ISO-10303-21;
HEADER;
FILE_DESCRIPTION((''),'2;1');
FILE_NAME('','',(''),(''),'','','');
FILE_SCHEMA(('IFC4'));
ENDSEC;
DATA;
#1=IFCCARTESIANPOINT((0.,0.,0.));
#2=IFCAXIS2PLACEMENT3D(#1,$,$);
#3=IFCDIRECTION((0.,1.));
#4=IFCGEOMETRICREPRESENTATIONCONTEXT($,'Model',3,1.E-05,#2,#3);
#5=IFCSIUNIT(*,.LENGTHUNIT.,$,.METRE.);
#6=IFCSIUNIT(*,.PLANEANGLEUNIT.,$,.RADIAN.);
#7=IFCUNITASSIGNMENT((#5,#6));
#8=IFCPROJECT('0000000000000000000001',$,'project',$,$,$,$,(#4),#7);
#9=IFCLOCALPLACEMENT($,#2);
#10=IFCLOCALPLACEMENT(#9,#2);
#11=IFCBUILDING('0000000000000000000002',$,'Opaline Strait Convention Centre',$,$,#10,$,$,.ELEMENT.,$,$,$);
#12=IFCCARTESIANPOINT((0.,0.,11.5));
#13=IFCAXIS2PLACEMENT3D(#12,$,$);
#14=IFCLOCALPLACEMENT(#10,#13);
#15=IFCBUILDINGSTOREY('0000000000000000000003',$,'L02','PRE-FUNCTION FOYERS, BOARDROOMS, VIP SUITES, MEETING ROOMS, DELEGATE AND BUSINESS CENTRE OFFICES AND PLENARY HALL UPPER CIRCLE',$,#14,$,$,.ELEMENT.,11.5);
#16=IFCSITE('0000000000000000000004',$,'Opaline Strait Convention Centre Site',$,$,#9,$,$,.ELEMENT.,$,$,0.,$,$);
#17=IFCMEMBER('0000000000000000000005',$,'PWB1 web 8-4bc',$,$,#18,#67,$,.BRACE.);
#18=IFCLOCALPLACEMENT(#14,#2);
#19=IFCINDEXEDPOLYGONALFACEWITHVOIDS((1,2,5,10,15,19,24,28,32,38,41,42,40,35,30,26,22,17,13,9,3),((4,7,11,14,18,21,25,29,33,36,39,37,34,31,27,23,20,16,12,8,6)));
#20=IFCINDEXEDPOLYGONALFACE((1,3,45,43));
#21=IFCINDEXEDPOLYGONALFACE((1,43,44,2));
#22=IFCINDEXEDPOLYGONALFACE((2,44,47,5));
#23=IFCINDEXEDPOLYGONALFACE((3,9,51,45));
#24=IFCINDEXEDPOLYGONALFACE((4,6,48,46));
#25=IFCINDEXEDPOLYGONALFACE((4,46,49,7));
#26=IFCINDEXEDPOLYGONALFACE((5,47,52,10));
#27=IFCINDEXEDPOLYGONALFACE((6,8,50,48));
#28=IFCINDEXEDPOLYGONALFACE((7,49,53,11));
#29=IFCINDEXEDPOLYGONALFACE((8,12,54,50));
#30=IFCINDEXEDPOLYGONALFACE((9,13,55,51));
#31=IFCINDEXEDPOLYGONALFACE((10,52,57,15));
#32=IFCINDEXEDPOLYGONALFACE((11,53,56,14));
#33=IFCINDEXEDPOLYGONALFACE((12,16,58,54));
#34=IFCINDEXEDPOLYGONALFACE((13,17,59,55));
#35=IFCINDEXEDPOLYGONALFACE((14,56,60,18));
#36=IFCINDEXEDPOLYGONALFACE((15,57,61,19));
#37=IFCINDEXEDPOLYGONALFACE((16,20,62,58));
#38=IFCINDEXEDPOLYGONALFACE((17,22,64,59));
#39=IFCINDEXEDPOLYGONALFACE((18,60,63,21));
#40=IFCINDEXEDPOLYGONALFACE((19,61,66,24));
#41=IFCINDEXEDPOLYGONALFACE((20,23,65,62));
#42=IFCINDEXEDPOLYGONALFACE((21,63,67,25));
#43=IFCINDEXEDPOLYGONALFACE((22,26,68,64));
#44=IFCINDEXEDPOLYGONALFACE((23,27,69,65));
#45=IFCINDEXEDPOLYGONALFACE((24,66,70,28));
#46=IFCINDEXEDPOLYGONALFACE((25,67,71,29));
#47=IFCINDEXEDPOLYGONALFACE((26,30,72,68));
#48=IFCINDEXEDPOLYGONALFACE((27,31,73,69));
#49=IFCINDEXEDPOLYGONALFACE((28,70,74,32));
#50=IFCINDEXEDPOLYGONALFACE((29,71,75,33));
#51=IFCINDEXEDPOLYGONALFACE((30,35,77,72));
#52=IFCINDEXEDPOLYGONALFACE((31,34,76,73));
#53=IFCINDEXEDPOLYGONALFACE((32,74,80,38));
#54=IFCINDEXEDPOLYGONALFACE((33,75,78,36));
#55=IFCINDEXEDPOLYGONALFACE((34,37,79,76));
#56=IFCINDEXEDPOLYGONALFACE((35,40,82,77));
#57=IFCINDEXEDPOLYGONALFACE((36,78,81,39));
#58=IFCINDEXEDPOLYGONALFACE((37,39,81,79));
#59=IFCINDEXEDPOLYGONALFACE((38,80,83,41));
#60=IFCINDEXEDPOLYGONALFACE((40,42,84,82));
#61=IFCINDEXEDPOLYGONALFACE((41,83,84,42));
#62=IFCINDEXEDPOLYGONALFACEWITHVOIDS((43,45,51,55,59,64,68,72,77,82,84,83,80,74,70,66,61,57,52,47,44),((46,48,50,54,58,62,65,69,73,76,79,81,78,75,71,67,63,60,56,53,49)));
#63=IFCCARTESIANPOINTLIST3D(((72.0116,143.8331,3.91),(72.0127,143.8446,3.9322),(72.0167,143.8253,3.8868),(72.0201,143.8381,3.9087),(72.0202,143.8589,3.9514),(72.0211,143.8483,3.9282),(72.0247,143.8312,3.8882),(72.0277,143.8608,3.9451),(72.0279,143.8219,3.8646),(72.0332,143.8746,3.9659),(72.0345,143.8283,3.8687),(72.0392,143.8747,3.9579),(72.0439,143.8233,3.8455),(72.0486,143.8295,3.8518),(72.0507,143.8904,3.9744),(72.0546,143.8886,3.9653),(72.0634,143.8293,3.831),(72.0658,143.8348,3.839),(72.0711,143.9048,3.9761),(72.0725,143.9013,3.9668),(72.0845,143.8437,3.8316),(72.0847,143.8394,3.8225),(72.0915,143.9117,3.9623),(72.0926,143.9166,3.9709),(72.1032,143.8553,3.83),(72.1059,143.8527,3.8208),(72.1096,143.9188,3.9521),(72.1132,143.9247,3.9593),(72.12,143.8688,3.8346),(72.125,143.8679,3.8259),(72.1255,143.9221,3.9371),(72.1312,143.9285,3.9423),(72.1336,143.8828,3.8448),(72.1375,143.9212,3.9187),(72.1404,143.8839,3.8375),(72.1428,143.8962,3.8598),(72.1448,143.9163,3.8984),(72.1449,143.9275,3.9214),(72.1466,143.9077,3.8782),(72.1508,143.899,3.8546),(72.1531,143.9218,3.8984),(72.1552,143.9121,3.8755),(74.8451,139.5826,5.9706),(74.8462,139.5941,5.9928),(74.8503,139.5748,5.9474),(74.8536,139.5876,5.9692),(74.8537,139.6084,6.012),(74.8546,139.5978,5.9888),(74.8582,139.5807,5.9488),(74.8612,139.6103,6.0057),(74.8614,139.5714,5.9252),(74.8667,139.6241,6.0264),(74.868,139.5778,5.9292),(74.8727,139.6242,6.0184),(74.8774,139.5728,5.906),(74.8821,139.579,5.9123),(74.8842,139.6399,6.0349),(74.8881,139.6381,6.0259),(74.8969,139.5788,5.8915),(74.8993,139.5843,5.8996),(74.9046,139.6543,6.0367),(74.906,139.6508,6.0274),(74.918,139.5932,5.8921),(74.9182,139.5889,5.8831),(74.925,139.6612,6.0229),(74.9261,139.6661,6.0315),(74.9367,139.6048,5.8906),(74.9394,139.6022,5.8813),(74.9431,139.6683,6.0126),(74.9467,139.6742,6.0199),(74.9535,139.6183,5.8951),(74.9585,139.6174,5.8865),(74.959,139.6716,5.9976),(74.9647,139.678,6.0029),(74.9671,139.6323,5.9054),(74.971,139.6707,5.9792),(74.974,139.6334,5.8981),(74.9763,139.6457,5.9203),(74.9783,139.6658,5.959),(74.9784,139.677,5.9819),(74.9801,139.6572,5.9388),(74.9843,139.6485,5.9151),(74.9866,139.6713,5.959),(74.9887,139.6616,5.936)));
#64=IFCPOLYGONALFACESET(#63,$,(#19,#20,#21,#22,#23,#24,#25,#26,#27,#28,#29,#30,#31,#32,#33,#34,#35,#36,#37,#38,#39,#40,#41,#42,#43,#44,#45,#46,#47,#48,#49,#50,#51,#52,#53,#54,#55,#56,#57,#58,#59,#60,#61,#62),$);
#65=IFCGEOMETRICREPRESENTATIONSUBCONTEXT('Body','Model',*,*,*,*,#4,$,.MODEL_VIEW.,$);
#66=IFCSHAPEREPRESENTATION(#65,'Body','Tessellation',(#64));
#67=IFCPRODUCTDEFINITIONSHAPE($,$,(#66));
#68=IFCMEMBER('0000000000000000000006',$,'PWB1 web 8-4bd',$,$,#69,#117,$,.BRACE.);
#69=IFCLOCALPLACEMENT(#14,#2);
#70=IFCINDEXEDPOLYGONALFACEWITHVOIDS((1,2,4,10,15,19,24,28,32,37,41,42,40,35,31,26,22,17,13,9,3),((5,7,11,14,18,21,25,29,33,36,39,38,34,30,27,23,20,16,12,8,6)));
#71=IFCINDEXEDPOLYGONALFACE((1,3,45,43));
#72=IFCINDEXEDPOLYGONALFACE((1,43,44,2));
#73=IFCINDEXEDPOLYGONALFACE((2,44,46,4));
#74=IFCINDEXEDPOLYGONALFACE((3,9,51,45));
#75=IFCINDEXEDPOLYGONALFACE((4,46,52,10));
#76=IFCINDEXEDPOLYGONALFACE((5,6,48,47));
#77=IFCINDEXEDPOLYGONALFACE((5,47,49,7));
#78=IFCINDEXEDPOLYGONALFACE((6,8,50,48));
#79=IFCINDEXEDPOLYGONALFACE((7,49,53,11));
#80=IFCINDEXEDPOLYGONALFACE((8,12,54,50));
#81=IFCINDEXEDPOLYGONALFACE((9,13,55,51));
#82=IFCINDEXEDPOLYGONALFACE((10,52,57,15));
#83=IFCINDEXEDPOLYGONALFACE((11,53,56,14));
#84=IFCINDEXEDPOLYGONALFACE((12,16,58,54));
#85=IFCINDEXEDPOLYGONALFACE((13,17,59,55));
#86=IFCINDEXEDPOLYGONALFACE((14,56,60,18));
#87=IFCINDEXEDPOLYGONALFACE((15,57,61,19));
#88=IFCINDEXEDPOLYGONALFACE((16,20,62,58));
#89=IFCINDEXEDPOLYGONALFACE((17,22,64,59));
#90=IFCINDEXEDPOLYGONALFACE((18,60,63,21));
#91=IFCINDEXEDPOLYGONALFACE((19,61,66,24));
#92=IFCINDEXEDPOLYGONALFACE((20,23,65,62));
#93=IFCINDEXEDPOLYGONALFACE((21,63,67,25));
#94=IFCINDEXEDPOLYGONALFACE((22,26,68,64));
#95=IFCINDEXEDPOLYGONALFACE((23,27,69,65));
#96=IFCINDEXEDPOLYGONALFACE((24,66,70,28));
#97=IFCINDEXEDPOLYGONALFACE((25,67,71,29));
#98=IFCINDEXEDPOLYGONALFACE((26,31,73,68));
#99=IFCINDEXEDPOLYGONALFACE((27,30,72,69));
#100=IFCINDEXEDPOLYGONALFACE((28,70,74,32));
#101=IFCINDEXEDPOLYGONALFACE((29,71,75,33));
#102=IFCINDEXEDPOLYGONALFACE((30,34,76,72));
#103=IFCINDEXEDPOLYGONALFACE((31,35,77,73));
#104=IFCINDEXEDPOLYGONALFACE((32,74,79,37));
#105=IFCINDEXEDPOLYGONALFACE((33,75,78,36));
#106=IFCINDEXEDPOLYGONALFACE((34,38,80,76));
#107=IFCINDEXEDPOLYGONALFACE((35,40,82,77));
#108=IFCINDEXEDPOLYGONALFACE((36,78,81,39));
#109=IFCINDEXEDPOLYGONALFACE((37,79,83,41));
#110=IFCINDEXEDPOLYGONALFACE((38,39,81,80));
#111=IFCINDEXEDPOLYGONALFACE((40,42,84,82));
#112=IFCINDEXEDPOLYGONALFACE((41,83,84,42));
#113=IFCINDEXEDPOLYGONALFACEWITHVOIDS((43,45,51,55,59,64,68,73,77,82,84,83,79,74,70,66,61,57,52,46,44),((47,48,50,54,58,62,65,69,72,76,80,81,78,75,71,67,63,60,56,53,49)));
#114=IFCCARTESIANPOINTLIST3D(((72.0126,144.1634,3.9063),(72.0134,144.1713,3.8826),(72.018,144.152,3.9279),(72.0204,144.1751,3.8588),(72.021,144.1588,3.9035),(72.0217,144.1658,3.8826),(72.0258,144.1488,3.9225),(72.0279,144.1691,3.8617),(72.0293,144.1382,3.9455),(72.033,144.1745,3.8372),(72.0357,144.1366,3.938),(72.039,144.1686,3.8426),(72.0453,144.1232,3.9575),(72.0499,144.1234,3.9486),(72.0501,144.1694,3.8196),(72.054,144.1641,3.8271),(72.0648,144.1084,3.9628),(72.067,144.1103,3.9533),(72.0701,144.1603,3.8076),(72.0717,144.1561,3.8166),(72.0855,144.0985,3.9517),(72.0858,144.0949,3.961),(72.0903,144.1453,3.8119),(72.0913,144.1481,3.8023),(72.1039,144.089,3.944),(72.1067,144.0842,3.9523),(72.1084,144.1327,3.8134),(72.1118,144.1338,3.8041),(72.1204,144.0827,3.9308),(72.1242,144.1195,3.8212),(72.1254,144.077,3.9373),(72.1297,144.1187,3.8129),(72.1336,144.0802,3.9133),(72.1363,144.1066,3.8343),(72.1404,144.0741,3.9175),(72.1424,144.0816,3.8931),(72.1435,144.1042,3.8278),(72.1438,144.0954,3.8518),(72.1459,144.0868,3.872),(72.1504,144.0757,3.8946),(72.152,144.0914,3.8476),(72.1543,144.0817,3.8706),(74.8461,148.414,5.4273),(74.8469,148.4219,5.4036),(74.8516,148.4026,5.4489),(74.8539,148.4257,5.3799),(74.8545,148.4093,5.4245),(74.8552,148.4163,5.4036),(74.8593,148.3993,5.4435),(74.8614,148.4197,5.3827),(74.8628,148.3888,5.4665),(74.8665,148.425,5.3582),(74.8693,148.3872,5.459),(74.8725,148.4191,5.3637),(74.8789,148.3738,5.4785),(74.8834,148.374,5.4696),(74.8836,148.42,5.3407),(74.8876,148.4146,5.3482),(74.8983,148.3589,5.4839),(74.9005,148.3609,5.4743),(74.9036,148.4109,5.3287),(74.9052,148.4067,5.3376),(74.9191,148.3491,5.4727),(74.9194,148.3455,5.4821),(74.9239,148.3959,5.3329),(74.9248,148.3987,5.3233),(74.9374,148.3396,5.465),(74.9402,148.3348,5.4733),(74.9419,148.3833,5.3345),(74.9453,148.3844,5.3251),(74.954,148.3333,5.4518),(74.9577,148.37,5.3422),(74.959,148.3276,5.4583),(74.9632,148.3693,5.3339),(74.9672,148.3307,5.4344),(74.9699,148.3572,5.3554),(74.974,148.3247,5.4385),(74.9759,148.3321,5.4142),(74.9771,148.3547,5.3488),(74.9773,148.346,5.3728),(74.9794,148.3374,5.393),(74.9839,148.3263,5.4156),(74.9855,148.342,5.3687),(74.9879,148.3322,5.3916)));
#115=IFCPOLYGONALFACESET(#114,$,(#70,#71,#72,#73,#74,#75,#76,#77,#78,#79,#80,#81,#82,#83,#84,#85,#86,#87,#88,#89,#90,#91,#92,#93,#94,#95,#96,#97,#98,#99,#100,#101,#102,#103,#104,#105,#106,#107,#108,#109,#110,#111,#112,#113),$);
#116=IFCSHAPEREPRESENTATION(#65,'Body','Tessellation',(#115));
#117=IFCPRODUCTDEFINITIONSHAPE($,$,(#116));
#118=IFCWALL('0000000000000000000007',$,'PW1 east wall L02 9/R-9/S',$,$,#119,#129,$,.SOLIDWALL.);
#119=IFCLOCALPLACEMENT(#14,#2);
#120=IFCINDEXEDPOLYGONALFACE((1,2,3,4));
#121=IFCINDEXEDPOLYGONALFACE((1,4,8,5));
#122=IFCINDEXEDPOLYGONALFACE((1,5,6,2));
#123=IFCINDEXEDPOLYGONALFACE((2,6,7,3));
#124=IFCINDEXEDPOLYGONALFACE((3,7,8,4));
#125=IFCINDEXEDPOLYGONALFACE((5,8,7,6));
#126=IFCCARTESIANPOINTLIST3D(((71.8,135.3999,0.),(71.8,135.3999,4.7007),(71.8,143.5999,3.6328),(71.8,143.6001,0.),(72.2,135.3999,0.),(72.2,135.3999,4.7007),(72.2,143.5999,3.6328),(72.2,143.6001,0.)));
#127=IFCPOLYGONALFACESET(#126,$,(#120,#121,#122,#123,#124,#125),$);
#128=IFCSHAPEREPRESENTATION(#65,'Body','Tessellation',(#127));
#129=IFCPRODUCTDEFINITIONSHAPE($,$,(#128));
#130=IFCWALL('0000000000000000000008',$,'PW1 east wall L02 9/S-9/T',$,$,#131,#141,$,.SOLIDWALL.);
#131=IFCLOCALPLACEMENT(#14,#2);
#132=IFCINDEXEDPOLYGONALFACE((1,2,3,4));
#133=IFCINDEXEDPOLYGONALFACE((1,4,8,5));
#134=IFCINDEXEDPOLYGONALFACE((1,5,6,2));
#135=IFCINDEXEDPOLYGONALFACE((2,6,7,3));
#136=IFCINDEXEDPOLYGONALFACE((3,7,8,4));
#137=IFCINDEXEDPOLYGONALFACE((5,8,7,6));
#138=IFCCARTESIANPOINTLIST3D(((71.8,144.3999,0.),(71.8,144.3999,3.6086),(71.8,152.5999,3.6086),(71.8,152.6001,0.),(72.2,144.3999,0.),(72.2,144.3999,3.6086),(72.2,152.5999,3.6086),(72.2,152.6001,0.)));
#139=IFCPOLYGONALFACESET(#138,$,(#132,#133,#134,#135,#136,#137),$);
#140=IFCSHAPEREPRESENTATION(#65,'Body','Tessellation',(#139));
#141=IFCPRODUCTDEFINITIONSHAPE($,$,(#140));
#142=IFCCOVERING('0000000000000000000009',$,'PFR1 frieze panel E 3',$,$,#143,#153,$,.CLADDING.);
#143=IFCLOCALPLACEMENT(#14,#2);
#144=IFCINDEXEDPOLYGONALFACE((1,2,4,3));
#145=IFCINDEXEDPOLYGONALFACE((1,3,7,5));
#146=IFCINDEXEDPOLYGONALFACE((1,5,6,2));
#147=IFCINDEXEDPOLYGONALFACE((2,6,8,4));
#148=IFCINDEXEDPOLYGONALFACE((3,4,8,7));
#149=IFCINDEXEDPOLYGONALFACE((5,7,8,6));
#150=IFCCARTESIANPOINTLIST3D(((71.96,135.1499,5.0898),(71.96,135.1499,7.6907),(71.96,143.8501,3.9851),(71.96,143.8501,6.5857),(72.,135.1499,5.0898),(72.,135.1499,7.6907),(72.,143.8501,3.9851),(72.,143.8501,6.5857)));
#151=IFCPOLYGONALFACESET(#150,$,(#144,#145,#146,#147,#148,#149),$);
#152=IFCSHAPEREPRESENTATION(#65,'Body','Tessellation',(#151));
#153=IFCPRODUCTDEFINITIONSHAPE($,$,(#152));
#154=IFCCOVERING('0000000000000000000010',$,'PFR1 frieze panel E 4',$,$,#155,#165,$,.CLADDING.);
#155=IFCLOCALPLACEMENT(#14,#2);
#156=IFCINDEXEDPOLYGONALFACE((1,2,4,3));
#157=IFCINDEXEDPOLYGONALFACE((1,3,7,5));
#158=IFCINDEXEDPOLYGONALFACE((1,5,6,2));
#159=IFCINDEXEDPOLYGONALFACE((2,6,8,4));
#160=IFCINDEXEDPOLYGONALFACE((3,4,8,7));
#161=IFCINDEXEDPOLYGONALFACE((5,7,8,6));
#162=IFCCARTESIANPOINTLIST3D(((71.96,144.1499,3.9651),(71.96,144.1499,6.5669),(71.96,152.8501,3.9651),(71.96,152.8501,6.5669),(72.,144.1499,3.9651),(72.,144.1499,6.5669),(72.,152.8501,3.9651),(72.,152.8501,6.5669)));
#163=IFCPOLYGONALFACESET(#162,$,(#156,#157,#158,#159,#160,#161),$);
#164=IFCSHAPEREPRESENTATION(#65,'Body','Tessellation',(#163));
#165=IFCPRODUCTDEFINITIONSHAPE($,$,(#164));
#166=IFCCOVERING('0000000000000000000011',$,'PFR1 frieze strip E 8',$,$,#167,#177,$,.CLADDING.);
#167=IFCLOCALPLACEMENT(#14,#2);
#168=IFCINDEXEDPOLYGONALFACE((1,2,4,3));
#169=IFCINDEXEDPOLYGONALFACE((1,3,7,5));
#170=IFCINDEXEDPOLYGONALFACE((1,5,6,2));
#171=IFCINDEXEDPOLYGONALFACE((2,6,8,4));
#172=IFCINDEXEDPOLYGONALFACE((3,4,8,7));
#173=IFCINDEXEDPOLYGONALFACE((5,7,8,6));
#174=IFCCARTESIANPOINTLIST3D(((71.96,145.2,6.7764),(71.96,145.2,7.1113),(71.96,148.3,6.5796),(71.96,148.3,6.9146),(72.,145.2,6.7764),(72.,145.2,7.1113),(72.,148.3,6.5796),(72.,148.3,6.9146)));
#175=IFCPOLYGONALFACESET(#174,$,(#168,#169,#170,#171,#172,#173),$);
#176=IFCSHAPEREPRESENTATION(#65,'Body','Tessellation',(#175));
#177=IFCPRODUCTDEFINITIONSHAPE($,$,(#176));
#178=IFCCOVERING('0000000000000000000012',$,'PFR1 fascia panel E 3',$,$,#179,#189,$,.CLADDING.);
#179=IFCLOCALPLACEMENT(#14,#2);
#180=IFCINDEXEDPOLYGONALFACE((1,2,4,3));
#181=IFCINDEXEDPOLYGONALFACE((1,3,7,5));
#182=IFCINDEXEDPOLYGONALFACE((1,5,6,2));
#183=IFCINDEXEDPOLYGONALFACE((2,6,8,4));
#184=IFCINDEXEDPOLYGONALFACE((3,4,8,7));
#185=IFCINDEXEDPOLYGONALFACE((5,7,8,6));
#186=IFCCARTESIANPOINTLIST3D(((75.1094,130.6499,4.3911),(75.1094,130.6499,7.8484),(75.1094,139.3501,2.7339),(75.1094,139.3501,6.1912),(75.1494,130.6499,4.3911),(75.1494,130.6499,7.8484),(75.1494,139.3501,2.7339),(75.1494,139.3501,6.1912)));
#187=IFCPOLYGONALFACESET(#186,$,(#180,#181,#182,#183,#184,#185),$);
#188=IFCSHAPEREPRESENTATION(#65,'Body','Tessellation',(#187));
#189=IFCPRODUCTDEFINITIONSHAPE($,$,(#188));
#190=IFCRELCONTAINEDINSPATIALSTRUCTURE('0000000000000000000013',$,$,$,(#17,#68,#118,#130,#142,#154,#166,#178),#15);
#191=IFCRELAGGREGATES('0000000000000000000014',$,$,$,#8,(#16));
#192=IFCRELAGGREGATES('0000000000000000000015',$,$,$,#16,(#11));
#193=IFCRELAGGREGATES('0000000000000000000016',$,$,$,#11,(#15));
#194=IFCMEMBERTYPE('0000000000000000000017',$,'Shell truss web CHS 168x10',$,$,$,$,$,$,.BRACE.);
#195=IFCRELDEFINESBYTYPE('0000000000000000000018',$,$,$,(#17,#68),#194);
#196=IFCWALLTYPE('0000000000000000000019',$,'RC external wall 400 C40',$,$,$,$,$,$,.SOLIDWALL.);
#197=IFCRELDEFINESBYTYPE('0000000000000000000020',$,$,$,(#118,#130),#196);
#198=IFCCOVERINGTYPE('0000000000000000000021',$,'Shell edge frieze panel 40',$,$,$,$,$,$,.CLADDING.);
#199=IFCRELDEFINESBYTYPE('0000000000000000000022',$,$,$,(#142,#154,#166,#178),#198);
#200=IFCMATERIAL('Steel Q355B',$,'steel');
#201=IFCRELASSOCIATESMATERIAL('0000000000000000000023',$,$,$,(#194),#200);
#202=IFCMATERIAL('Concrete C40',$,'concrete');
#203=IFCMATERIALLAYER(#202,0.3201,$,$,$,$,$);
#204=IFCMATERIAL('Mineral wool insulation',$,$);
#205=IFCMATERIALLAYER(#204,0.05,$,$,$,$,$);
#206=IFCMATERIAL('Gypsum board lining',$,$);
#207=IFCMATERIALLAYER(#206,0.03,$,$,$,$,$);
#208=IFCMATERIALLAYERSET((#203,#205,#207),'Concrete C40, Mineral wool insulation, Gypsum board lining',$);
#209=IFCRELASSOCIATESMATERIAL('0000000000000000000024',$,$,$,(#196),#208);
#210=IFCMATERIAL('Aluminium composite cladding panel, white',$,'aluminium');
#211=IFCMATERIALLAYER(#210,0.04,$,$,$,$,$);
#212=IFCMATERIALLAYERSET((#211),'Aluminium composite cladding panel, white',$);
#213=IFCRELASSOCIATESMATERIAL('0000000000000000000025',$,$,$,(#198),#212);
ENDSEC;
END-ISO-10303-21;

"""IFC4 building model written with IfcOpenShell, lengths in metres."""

from ifc_helpers import new_model, si_unit, direction, frame, origin, origin_2d, place, context, subcontext, project, spatial, polyline, hollow_circle, outline, extrude, material, layer, layer_set, material_profile, profile_set, type_object, element, save


model = new_model("IFC4")

# Units and contexts
model_context = context("Model", 3, precision=1e-05, world=origin(), true_north=direction((0.0, 1.0)))
body_context = subcontext(model_context, "Body", "Model", "MODEL_VIEW")
ifc_project = project(units=[si_unit("LENGTHUNIT", "METRE"), si_unit("PLANEANGLEUNIT", "RADIAN")], contexts=[model_context])

# Site, building, storey
site_placement = place(None, origin())
site = spatial("IfcSite", under=ifc_project, at=site_placement, Name="Opaline Strait Convention Centre Site", CompositionType="ELEMENT", RefElevation=0.0)
building_placement = place(site_placement, origin())
building = spatial("IfcBuilding", under=site, at=building_placement, Name="Opaline Strait Convention Centre", CompositionType="ELEMENT")
storey_placement = place(building_placement, frame((0.0, 0.0, 11.5)))
storey = spatial("IfcBuildingStorey", under=building, at=storey_placement, Name="L02", Description="PRE-FUNCTION FOYERS, BOARDROOMS, VIP SUITES, MEETING ROOMS, DELEGATE AND BUSINESS CENTRE OFFICES AND PLENARY HALL UPPER CIRCLE", CompositionType="ELEMENT", Elevation=11.5)

# Shared definitions
ifc_material_1 = material(Name="Concrete C40", Category="concrete")

# Members
ifc_material_2 = material(Name="Steel Q355B", Category="steel")
ifc_material_profile_1 = material_profile(ifc_material_2, hollow_circle(Radius=0.084, WallThickness=0.01, at=origin_2d()), Name="CHS 168x10")
ifc_profile_set_1 = profile_set([ifc_material_profile_1], Name="Steel Q355B")
member_type_1 = type_object("IfcMemberType", Name="Shell truss web CHS 168x10", PredefinedType="BRACE", material=ifc_profile_set_1)
member_1_placement = place(storey_placement, frame((72.0833, 143.8752, 3.8984), z_axis=(0.514406, -0.771654, 0.374081), x_axis=(0.832065, 0.554678, 0.0)))
element("IfcMember", 1, at=member_1_placement, inside=storey, type_object=member_type_1, Name="PWB1 web 8-4bc", PredefinedType="BRACE", context=body_context, shape_type="SweptSolid", body=[
    extrude(hollow_circle(Radius=0.084, WallThickness=0.01, at=origin_2d()), origin(), (0.0, 0.0, 1.0), 5.5083),
])
member_2_placement = place(storey_placement, frame((72.0833, 144.1248, 3.8826), z_axis=(0.531614, 0.797467, 0.285366), x_axis=(-0.832065, 0.554678, 0.0)))
element("IfcMember", 2, at=member_2_placement, inside=storey, type_object=member_type_1, Name="PWB1 web 8-4bd", PredefinedType="BRACE", context=body_context, shape_type="SweptSolid", body=[
    extrude(hollow_circle(Radius=0.084, WallThickness=0.01, at=origin_2d()), origin(), (0.0, 0.0, 1.0), 5.3301),
])

# Walls
ifc_layer_1 = layer(ifc_material_1, 0.3201)
ifc_material_3 = material(Name="Mineral wool insulation")
ifc_layer_2 = layer(ifc_material_3, 0.05)
ifc_material_4 = material(Name="Gypsum board lining")
ifc_layer_3 = layer(ifc_material_4, 0.03)
ifc_layer_set_1 = layer_set([ifc_layer_1, ifc_layer_2, ifc_layer_3], Name="Concrete C40, Mineral wool insulation, Gypsum board lining")
wall_type = type_object("IfcWallType", Name="RC external wall 400 C40", PredefinedType="SOLIDWALL", material=ifc_layer_set_1)
wall_1_placement = place(storey_placement, frame((72.0, 135.3999, 0.0), z_axis=(0.0, 0.0, 1.0), x_axis=(0.0, 1.0, 0.0)))
element("IfcWall", 3, at=wall_1_placement, inside=storey, type_object=wall_type, Name="PW1 east wall L02 9/R-9/S", PredefinedType="SOLIDWALL", context=body_context, shape_type="SweptSolid", body=[
    extrude(outline(polyline([(0.0, 0.0), (8.2002, 0.0), (8.2, 3.6328), (0.0, 4.7007), (0.0, 0.0)])), frame((0.0, 0.2, 0.0), z_axis=(0.0, -1.0, 0.0), x_axis=(1.0, 0.0, 0.0)), (0.0, 0.0, 1.0), 0.3999),
])
wall_2_placement = place(storey_placement, frame((72.0, 144.3999, 0.0), z_axis=(0.0, 0.0, 1.0), x_axis=(0.0, 1.0, 0.0)))
element("IfcWall", 4, at=wall_2_placement, inside=storey, type_object=wall_type, Name="PW1 east wall L02 9/S-9/T", PredefinedType="SOLIDWALL", context=body_context, shape_type="SweptSolid", body=[
    extrude(outline(polyline([(0.0, 0.0), (8.2002, 0.0), (8.2, 3.6086), (0.0, 3.6086), (0.0, 0.0)])), frame((0.0, 0.2, 0.0), z_axis=(0.0, -1.0, 0.0), x_axis=(1.0, 0.0, 0.0)), (0.0, 0.0, 1.0), 0.3999),
])

# Coverings
ifc_material_5 = material(Name="Aluminium composite cladding panel, white", Category="aluminium")
ifc_layer_4 = layer(ifc_material_5, 0.04)
ifc_layer_set_2 = layer_set([ifc_layer_4], Name="Aluminium composite cladding panel, white")
covering_type = type_object("IfcCoveringType", Name="Shell edge frieze panel 40", PredefinedType="CLADDING", material=ifc_layer_set_2)
covering_1_placement = place(storey_placement, frame((72.0, 135.1499, 5.0898), z_axis=(1.0, 0.0, 0.0), x_axis=(0.0, 0.992034, -0.125967)))
element("IfcCovering", 5, at=covering_1_placement, inside=storey, type_object=covering_type, Name="PFR1 frieze panel E 3", PredefinedType="CLADDING", context=body_context, shape_type="SweptSolid", body=[
    extrude(outline(polyline([(0.0, 0.0), (8.7701, 0.0), (8.4425, 2.5799), (-0.3276, 2.5801), (0.0, 0.0)])), origin(), (0.0, 0.0, -1.0), 0.04),
])
covering_2_placement = place(storey_placement, frame((72.0, 144.1499, 3.9651), z_axis=(1.0, 0.0, 0.0), x_axis=(0.0, 1.0, 0.0)))
element("IfcCovering", 6, at=covering_2_placement, inside=storey, type_object=covering_type, Name="PFR1 frieze panel E 4", PredefinedType="CLADDING", context=body_context, shape_type="SweptSolid", body=[
    extrude(outline(polyline([(0.0, 0.0), (8.7002, 0.0), (8.7002, 2.6018), (0.0, 2.6018), (0.0, 0.0)])), origin(), (0.0, 0.0, -1.0), 0.04),
])
covering_3_placement = place(storey_placement, frame((72.0, 145.2, 6.7764), z_axis=(1.0, 0.0, 0.0), x_axis=(0.0, 0.997992, -0.063347)))
element("IfcCovering", 7, at=covering_3_placement, inside=storey, type_object=covering_type, Name="PFR1 frieze strip E 8", PredefinedType="CLADDING", context=body_context, shape_type="SweptSolid", body=[
    extrude(outline(polyline([(0.0, 0.0), (3.1063, 0.0), (3.0851, 0.3343), (-0.0212, 0.3343), (0.0, 0.0)])), origin(), (0.0, 0.0, -1.0), 0.04),
])
covering_4_placement = place(storey_placement, frame((75.1494, 130.6499, 4.3911), z_axis=(1.0, 0.0, 0.0), x_axis=(0.0, 0.982338, -0.187117)))
element("IfcCovering", 8, at=covering_4_placement, inside=storey, type_object=covering_type, Name="PFR1 fascia panel E 3", PredefinedType="CLADDING", context=body_context, shape_type="SweptSolid", body=[
    extrude(outline(polyline([(0.0, 0.0), (8.8566, 0.0), (8.2097, 3.3962), (-0.6469, 3.3962), (0.0, 0.0)])), origin(), (0.0, 0.0, -1.0), 0.04),
])

save(model, "model.ifc")
